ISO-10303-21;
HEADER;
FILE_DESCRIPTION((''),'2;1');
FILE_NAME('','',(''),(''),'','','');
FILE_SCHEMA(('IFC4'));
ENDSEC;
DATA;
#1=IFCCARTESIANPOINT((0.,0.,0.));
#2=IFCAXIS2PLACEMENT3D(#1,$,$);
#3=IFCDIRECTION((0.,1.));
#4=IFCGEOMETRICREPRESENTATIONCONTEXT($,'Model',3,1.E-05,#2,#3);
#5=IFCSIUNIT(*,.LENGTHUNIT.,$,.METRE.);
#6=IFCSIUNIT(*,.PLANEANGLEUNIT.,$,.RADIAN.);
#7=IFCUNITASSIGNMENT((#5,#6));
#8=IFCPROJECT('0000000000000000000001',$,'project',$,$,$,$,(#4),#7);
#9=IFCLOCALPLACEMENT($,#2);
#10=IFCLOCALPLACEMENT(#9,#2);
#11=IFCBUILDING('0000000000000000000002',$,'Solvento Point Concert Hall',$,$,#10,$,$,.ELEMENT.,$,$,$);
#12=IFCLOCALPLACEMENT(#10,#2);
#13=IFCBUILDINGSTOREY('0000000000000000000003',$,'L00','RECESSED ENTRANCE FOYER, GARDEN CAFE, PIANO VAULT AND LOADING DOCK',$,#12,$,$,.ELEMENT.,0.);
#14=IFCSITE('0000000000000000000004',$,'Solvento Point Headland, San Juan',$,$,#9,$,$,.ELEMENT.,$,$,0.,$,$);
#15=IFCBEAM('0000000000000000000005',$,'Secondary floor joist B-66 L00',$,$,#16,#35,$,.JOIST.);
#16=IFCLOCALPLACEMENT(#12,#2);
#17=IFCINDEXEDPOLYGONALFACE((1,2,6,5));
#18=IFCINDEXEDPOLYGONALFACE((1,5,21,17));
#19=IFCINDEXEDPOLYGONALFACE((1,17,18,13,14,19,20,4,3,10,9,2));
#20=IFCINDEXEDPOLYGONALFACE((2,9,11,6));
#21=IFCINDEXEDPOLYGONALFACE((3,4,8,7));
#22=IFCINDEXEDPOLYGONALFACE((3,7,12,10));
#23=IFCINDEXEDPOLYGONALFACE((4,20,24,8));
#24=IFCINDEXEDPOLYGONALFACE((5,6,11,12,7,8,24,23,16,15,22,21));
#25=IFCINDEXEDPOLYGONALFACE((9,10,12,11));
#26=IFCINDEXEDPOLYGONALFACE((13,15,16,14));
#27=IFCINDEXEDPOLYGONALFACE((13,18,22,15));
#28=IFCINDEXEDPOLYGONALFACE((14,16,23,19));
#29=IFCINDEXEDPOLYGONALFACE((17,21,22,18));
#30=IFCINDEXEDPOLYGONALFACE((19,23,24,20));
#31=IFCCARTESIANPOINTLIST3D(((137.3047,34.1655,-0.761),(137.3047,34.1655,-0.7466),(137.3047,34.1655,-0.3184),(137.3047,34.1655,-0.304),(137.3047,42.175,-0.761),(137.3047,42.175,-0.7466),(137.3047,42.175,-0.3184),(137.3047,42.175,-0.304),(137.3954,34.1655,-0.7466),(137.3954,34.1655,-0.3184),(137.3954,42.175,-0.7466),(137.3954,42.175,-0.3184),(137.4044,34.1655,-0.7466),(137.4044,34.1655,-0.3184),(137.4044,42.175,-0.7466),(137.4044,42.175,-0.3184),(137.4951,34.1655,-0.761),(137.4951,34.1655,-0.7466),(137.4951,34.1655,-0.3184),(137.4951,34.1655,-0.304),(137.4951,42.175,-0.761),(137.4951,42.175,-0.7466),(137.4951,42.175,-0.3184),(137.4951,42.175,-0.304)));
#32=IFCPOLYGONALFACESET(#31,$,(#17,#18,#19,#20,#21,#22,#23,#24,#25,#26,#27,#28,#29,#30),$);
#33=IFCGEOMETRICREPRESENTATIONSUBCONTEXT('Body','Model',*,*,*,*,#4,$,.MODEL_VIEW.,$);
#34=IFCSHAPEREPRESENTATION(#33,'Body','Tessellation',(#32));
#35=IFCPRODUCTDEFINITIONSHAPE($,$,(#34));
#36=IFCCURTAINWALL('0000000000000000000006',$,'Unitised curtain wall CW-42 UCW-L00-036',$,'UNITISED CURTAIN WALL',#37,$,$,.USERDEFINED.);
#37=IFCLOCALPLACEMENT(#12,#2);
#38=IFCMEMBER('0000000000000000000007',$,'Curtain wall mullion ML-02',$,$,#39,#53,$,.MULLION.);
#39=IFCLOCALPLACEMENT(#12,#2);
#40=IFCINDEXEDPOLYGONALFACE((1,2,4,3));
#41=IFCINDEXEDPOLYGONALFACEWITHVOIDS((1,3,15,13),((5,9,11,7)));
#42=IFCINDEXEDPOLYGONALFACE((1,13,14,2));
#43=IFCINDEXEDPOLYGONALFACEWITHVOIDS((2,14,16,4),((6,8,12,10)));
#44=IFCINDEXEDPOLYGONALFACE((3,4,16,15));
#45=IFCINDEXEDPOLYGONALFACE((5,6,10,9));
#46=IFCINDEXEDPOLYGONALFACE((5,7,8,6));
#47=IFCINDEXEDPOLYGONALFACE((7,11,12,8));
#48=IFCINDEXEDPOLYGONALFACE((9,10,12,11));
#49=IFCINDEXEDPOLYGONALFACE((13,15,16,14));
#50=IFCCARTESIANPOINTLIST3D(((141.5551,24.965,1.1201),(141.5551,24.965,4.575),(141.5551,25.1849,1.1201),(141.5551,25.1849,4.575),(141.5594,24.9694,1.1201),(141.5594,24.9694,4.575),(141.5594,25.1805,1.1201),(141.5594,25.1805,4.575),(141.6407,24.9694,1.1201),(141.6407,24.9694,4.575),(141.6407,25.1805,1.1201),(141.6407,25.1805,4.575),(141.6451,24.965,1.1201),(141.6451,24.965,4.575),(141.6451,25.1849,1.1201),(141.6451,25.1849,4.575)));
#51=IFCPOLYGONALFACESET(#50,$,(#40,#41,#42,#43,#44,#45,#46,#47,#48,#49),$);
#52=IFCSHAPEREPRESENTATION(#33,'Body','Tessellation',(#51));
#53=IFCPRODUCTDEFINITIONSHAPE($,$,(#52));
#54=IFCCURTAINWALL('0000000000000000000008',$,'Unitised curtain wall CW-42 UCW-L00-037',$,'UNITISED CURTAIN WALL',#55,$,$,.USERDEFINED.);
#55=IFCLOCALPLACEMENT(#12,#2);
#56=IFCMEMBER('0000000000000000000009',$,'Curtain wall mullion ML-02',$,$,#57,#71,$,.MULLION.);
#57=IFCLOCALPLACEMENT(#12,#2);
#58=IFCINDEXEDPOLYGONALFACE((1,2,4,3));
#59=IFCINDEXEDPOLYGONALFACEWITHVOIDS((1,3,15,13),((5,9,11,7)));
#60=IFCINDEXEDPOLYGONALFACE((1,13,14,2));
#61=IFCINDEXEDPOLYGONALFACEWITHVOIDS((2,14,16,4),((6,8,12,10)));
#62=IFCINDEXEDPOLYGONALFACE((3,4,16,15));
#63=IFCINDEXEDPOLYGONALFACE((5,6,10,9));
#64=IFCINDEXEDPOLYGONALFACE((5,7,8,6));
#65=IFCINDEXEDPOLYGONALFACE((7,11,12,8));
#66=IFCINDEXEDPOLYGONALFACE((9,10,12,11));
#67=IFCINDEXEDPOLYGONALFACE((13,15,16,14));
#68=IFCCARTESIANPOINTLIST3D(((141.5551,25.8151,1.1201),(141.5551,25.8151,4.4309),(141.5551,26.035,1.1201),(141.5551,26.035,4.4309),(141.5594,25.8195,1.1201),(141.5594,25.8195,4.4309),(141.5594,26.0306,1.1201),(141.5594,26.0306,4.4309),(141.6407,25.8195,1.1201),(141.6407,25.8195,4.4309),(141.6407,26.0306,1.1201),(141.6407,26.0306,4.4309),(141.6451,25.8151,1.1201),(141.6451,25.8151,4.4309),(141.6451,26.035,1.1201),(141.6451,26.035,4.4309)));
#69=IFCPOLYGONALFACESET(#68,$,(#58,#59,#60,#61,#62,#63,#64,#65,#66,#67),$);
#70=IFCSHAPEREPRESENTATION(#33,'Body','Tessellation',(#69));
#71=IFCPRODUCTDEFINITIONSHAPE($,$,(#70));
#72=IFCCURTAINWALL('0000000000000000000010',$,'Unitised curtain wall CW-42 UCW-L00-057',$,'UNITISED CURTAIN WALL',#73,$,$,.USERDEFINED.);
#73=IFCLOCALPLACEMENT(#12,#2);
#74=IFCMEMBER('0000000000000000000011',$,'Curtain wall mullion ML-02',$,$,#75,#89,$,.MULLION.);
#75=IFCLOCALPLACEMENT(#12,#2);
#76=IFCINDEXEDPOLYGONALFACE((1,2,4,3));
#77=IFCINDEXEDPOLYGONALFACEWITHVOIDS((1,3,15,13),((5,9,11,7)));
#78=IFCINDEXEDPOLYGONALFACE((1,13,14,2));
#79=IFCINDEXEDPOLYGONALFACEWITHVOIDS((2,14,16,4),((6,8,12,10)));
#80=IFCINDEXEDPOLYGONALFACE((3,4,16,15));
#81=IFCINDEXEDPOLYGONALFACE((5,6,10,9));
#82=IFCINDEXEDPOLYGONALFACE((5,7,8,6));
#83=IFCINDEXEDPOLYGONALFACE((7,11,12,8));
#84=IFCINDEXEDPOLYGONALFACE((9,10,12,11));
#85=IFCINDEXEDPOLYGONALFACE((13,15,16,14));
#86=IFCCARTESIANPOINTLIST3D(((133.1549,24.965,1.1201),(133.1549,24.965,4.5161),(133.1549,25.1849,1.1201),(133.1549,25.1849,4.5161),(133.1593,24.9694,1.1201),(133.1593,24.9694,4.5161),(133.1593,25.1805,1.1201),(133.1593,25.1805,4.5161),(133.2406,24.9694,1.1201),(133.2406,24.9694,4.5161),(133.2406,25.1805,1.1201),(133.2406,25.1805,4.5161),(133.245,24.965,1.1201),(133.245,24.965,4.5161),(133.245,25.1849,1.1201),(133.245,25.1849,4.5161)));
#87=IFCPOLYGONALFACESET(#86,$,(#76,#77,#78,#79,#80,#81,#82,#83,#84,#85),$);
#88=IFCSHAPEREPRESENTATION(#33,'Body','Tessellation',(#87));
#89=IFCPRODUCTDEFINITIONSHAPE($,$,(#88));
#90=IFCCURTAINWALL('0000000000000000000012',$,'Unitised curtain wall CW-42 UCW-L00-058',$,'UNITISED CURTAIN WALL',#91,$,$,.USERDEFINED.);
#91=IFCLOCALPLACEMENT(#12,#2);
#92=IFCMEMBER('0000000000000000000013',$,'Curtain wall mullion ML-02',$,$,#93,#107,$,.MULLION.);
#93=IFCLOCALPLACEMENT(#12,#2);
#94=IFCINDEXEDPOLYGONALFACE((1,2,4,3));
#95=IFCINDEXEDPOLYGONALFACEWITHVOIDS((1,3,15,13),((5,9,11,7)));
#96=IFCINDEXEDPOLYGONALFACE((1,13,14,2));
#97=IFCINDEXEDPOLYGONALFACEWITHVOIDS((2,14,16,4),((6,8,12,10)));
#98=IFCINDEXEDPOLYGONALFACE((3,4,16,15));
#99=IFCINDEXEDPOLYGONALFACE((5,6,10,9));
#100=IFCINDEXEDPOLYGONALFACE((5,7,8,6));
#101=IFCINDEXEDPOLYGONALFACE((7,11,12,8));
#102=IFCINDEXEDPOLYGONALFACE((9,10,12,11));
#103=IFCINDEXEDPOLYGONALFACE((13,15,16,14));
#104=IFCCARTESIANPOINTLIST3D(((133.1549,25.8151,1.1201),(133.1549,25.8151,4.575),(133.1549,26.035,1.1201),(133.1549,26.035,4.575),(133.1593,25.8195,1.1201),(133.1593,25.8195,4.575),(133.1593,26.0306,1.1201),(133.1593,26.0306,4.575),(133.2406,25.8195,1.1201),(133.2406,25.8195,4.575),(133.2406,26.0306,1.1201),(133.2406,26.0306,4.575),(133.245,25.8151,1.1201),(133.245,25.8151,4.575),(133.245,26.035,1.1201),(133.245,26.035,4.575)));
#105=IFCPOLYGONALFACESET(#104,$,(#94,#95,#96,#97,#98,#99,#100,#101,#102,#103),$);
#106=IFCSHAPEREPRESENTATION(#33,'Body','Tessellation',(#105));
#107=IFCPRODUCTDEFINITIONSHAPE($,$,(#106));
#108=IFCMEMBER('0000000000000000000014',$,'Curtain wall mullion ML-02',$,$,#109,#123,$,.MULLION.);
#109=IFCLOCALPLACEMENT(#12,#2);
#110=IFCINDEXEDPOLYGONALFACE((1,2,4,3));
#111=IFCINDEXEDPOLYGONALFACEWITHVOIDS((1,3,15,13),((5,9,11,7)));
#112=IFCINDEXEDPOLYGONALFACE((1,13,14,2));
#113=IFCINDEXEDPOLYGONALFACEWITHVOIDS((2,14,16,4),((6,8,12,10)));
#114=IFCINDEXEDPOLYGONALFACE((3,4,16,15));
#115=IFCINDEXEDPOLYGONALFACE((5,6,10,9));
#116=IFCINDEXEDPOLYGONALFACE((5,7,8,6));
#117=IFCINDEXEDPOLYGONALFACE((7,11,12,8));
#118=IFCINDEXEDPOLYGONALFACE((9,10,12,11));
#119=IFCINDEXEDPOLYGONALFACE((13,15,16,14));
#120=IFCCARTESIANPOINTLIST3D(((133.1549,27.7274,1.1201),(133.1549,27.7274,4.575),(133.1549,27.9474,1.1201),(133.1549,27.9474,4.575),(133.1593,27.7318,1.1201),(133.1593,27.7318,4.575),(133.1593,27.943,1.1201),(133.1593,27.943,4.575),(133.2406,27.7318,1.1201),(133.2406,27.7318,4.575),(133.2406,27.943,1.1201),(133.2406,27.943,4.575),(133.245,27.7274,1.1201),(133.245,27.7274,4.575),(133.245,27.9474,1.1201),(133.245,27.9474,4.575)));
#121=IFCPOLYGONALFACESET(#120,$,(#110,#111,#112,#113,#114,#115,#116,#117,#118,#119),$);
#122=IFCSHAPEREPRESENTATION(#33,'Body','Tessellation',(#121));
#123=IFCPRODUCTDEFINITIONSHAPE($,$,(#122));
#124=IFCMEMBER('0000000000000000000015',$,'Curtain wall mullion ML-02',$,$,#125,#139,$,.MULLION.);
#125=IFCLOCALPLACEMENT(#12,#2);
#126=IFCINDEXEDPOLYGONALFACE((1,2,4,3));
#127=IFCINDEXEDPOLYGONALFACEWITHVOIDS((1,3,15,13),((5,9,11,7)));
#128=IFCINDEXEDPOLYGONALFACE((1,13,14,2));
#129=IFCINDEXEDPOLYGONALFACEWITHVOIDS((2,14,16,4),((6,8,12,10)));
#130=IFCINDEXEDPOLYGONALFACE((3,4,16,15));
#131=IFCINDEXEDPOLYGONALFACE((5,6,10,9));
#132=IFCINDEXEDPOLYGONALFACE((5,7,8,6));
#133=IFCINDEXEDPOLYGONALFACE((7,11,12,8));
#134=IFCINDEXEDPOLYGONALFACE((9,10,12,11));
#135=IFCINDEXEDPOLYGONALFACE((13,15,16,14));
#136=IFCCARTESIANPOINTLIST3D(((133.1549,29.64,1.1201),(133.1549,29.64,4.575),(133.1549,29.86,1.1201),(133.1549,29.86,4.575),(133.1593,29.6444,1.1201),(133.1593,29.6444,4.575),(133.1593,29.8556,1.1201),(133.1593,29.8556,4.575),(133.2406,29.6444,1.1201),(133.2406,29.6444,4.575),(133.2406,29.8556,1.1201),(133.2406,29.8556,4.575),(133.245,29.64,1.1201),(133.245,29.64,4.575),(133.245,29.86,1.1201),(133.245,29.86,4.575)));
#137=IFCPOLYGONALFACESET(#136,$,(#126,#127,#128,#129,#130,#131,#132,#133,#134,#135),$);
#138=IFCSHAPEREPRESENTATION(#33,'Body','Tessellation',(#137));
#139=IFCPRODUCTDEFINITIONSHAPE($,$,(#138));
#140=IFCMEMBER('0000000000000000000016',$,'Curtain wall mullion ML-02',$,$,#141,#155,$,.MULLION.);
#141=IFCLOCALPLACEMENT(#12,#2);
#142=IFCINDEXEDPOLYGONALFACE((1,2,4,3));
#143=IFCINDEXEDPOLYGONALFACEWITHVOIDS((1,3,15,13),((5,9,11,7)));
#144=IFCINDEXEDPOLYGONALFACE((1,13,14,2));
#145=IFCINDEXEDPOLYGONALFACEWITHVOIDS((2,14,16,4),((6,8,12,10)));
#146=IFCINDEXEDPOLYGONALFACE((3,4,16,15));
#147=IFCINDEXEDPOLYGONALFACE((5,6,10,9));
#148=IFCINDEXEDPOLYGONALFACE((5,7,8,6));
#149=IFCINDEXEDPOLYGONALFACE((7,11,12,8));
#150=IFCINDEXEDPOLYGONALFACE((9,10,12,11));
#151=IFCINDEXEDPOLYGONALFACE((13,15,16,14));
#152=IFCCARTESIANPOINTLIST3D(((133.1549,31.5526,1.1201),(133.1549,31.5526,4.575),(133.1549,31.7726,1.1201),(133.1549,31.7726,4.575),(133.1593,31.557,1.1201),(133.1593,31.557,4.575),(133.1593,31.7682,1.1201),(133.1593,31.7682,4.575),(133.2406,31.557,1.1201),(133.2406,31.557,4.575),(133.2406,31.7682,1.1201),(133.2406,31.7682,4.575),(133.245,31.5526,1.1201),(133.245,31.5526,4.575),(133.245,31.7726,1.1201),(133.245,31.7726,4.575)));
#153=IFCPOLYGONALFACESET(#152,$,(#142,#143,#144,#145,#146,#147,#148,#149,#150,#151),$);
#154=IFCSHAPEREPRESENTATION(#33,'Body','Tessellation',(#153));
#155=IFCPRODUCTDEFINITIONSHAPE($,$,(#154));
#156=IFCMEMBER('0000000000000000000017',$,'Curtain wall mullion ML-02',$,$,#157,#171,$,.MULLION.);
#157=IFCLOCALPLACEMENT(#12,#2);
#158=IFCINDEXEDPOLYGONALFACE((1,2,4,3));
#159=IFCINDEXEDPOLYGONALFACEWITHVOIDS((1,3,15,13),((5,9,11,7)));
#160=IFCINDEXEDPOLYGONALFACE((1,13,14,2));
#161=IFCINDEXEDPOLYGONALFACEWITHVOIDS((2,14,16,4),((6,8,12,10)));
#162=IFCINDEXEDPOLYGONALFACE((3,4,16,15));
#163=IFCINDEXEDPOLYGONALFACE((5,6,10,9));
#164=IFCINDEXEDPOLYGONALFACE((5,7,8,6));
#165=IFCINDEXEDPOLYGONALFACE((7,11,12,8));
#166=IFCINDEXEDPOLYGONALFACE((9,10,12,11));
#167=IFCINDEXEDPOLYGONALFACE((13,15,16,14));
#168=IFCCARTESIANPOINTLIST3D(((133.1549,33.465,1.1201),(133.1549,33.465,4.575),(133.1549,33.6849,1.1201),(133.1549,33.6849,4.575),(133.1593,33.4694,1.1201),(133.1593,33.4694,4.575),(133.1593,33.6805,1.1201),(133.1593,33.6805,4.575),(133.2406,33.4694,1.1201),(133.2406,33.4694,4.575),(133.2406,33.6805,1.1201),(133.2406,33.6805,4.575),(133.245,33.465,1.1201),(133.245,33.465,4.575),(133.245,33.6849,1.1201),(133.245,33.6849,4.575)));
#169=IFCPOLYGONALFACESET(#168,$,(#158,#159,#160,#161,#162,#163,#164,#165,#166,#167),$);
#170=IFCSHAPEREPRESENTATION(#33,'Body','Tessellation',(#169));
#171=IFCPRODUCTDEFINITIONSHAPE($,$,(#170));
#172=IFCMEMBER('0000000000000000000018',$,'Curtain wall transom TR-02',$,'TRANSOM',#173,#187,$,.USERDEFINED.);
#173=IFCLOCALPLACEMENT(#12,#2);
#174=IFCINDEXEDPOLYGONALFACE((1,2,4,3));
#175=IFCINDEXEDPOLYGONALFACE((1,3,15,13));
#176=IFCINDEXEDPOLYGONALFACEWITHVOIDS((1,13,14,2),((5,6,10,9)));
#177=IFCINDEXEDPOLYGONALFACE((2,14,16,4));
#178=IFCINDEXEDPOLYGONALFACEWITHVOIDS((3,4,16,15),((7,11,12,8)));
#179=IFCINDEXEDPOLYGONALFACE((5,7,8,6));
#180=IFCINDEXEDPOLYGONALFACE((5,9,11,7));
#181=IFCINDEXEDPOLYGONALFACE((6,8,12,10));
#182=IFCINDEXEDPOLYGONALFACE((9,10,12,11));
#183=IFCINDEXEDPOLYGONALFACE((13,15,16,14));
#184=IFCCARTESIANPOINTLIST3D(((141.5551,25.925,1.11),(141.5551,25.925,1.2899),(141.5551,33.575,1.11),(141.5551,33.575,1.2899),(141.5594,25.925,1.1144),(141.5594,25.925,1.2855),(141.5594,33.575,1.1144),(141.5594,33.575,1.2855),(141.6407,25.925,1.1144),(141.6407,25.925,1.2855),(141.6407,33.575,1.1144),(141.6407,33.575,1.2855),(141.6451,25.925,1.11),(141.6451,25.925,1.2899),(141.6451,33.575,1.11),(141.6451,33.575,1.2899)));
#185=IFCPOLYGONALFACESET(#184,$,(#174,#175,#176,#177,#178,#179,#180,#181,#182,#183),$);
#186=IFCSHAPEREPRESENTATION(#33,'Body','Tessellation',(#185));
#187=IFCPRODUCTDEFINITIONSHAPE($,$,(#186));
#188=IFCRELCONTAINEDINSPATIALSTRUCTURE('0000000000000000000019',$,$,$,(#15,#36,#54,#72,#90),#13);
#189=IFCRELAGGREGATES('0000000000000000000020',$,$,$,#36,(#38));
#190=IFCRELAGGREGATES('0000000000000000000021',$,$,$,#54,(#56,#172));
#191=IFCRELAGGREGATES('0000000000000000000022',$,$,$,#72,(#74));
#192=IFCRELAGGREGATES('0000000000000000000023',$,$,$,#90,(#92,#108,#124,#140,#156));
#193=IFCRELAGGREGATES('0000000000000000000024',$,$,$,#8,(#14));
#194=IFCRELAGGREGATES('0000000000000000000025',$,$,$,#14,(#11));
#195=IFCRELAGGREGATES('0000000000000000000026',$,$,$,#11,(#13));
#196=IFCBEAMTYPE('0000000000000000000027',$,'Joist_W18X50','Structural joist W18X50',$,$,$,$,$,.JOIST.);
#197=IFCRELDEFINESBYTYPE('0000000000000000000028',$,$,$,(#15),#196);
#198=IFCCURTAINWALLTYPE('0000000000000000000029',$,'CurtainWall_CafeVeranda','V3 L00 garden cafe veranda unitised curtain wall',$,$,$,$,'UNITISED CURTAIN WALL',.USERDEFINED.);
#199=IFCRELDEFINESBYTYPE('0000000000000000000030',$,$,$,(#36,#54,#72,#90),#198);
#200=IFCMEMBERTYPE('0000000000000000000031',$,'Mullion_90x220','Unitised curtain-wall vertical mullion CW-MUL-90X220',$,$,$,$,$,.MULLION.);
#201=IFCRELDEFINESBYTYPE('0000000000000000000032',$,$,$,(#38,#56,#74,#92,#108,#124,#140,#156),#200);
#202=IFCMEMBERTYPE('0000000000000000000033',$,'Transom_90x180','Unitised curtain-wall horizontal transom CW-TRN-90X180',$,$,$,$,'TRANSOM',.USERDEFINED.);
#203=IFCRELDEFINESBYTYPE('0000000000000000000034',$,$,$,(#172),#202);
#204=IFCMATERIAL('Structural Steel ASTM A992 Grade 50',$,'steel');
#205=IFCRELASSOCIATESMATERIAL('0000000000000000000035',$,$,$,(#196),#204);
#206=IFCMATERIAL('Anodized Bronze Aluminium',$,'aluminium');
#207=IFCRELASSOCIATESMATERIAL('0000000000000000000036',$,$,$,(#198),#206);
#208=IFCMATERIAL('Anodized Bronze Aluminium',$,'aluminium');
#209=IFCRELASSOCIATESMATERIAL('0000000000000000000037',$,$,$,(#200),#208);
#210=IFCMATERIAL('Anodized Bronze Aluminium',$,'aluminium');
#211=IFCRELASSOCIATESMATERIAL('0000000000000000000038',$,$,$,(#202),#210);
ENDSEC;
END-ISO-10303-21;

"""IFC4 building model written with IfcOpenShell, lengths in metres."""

from ifc_helpers import new_model, si_unit, direction, frame, origin, origin_2d, place, context, subcontext, project, spatial, hollow_rectangle, i_section, extrude, material, material_profile, profile_set, type_object, element, aggregate, save


model = new_model("IFC4")

# Units and contexts
model_context = context("Model", 3, precision=1e-05, world=origin(), true_north=direction((0.0, 1.0)))
body_context = subcontext(model_context, "Body", "Model", "MODEL_VIEW")
ifc_project = project(units=[si_unit("LENGTHUNIT", "METRE"), si_unit("PLANEANGLEUNIT", "RADIAN")], contexts=[model_context])

# Site, building, storey
site_placement = place(None, origin())
site = spatial("IfcSite", under=ifc_project, at=site_placement, Name="Solvento Point Headland, San Juan", CompositionType="ELEMENT", RefElevation=0.0)
building_placement = place(site_placement, origin())
building = spatial("IfcBuilding", under=site, at=building_placement, Name="Solvento Point Concert Hall", CompositionType="ELEMENT")
storey_placement = place(building_placement, origin())
storey = spatial("IfcBuildingStorey", under=building, at=storey_placement, Name="L00", Description="RECESSED ENTRANCE FOYER, GARDEN CAFE, PIANO VAULT AND LOADING DOCK", CompositionType="ELEMENT", Elevation=0.0)

# Beam
ifc_material_1 = material(Name="Structural Steel ASTM A992 Grade 50", Category="steel")
ifc_material_profile_1 = material_profile(ifc_material_1, i_section(OverallWidth=0.1904, OverallDepth=0.457, WebThickness=0.009, FlangeThickness=0.0144, at=origin_2d()), Name="W18X50")
ifc_profile_set_1 = profile_set([ifc_material_profile_1], Name="Structural Steel ASTM A992 Grade 50")
beam_type_1 = type_object("IfcBeamType", Name="Joist_W18X50", Description="Structural joist W18X50", PredefinedType="JOIST", material=ifc_profile_set_1)
beam_1_placement = place(storey_placement, frame((137.3999, 34.1655, -0.5325), z_axis=(0.0, 1.0, 0.0), x_axis=(-1.0, 0.0, 0.0)))
element("IfcBeam", 1, at=beam_1_placement, inside=storey, type_object=beam_type_1, Name="Secondary floor joist B-66 L00", PredefinedType="JOIST", context=body_context, shape_type="SweptSolid", body=[
    extrude(i_section(OverallWidth=0.1904, OverallDepth=0.457, WebThickness=0.009, FlangeThickness=0.0144, at=origin_2d()), origin(), (0.0, 0.0, 1.0), 8.0095),
])

# Curtain walls, members
ifc_material_2 = material(Name="Anodized Bronze Aluminium", Category="aluminium")
curtain_wall_type = type_object("IfcCurtainWallType", Name="CurtainWall_CafeVeranda", Description="V3 L00 garden cafe veranda unitised curtain wall", ElementType="UNITISED CURTAIN WALL", PredefinedType="USERDEFINED", material=ifc_material_2)
curtain_wall_1_placement = place(storey_placement, origin())
curtain_wall_1 = element("IfcCurtainWall", 2, at=curtain_wall_1_placement, inside=storey, type_object=curtain_wall_type, Name="Unitised curtain wall CW-42 UCW-L00-036", ObjectType="UNITISED CURTAIN WALL", PredefinedType="USERDEFINED")
ifc_material_3 = material(Name="Anodized Bronze Aluminium", Category="aluminium")
ifc_material_profile_2 = material_profile(ifc_material_3, hollow_rectangle(XDim=0.0901, YDim=0.22, WallThickness=0.0044, at=origin_2d()), Name="CW-MUL-90X220")
ifc_profile_set_2 = profile_set([ifc_material_profile_2], Name="Anodized Bronze Aluminium")
member_type_1 = type_object("IfcMemberType", Name="Mullion_90x220", Description="Unitised curtain-wall vertical mullion CW-MUL-90X220", PredefinedType="MULLION", material=ifc_profile_set_2)
member_1_placement = place(storey_placement, frame((141.6001, 25.075, 1.1201), z_axis=(0.0, 0.0, 1.0), x_axis=(1.0, 0.0, 0.0)))
member_1 = element("IfcMember", 3, at=member_1_placement, type_object=member_type_1, Name="Curtain wall mullion ML-02", PredefinedType="MULLION", context=body_context, shape_type="SweptSolid", body=[
    extrude(hollow_rectangle(XDim=0.0901, YDim=0.22, WallThickness=0.0044, at=origin_2d()), origin(), (0.0, 0.0, 1.0), 3.4548),
])
aggregate(curtain_wall_1, [member_1])
curtain_wall_2_placement = place(storey_placement, origin())
curtain_wall_2 = element("IfcCurtainWall", 4, at=curtain_wall_2_placement, inside=storey, type_object=curtain_wall_type, Name="Unitised curtain wall CW-42 UCW-L00-037", ObjectType="UNITISED CURTAIN WALL", PredefinedType="USERDEFINED")
member_2_placement = place(storey_placement, frame((141.6001, 25.925, 1.1201), z_axis=(0.0, 0.0, 1.0), x_axis=(1.0, 0.0, 0.0)))
member_2 = element("IfcMember", 5, at=member_2_placement, type_object=member_type_1, Name="Curtain wall mullion ML-02", PredefinedType="MULLION", context=body_context, shape_type="SweptSolid", body=[
    extrude(hollow_rectangle(XDim=0.0901, YDim=0.22, WallThickness=0.0044, at=origin_2d()), origin(), (0.0, 0.0, 1.0), 3.3108),
])
curtain_wall_3_placement = place(storey_placement, origin())
curtain_wall_3 = element("IfcCurtainWall", 6, at=curtain_wall_3_placement, inside=storey, type_object=curtain_wall_type, Name="Unitised curtain wall CW-42 UCW-L00-057", ObjectType="UNITISED CURTAIN WALL", PredefinedType="USERDEFINED")
member_3_placement = place(storey_placement, frame((133.2, 25.075, 1.1201), z_axis=(0.0, 0.0, 1.0), x_axis=(1.0, 0.0, 0.0)))
member_3 = element("IfcMember", 7, at=member_3_placement, type_object=member_type_1, Name="Curtain wall mullion ML-02", PredefinedType="MULLION", context=body_context, shape_type="SweptSolid", body=[
    extrude(hollow_rectangle(XDim=0.0901, YDim=0.22, WallThickness=0.0044, at=origin_2d()), origin(), (0.0, 0.0, 1.0), 3.396),
])

# Curtain wall, members
curtain_wall_4_placement = place(storey_placement, origin())
curtain_wall_4 = element("IfcCurtainWall", 8, at=curtain_wall_4_placement, inside=storey, type_object=curtain_wall_type, Name="Unitised curtain wall CW-42 UCW-L00-058", ObjectType="UNITISED CURTAIN WALL", PredefinedType="USERDEFINED")
member_4_placement = place(storey_placement, frame((133.2, 25.925, 1.1201), z_axis=(0.0, 0.0, 1.0), x_axis=(1.0, 0.0, 0.0)))
member_4 = element("IfcMember", 9, at=member_4_placement, type_object=member_type_1, Name="Curtain wall mullion ML-02", PredefinedType="MULLION", context=body_context, shape_type="SweptSolid", body=[
    extrude(hollow_rectangle(XDim=0.0901, YDim=0.22, WallThickness=0.0044, at=origin_2d()), origin(), (0.0, 0.0, 1.0), 3.4548),
])
member_5_placement = place(storey_placement, frame((133.2, 27.8374, 1.1201), z_axis=(0.0, 0.0, 1.0), x_axis=(1.0, 0.0, 0.0)))
member_5 = element("IfcMember", 10, at=member_5_placement, type_object=member_type_1, Name="Curtain wall mullion ML-02", PredefinedType="MULLION", context=body_context, shape_type="SweptSolid", body=[
    extrude(hollow_rectangle(XDim=0.0901, YDim=0.22, WallThickness=0.0044, at=origin_2d()), origin(), (0.0, 0.0, 1.0), 3.4548),
])
member_6_placement = place(storey_placement, frame((133.2, 29.75, 1.1201), z_axis=(0.0, 0.0, 1.0), x_axis=(1.0, 0.0, 0.0)))
member_6 = element("IfcMember", 11, at=member_6_placement, type_object=member_type_1, Name="Curtain wall mullion ML-02", PredefinedType="MULLION", context=body_context, shape_type="SweptSolid", body=[
    extrude(hollow_rectangle(XDim=0.0901, YDim=0.22, WallThickness=0.0044, at=origin_2d()), origin(), (0.0, 0.0, 1.0), 3.4548),
])
member_7_placement = place(storey_placement, frame((133.2, 31.6626, 1.1201), z_axis=(0.0, 0.0, 1.0), x_axis=(1.0, 0.0, 0.0)))
member_7 = element("IfcMember", 12, at=member_7_placement, type_object=member_type_1, Name="Curtain wall mullion ML-02", PredefinedType="MULLION", context=body_context, shape_type="SweptSolid", body=[
    extrude(hollow_rectangle(XDim=0.0901, YDim=0.22, WallThickness=0.0044, at=origin_2d()), origin(), (0.0, 0.0, 1.0), 3.4548),
])
member_8_placement = place(storey_placement, frame((133.2, 33.575, 1.1201), z_axis=(0.0, 0.0, 1.0), x_axis=(1.0, 0.0, 0.0)))
member_8 = element("IfcMember", 13, at=member_8_placement, type_object=member_type_1, Name="Curtain wall mullion ML-02", PredefinedType="MULLION", context=body_context, shape_type="SweptSolid", body=[
    extrude(hollow_rectangle(XDim=0.0901, YDim=0.22, WallThickness=0.0044, at=origin_2d()), origin(), (0.0, 0.0, 1.0), 3.4548),
])

# Member
ifc_material_4 = material(Name="Anodized Bronze Aluminium", Category="aluminium")
ifc_material_profile_3 = material_profile(ifc_material_4, hollow_rectangle(XDim=0.0901, YDim=0.1799, WallThickness=0.0044, at=origin_2d()), Name="CW-TRN-90X180")
ifc_profile_set_3 = profile_set([ifc_material_profile_3], Name="Anodized Bronze Aluminium")
member_type_2 = type_object("IfcMemberType", Name="Transom_90x180", Description="Unitised curtain-wall horizontal transom CW-TRN-90X180", ElementType="TRANSOM", PredefinedType="USERDEFINED", material=ifc_profile_set_3)
member_9_placement = place(storey_placement, frame((141.6001, 25.925, 1.2), z_axis=(0.0, 1.0, 0.0), x_axis=(-1.0, 0.0, 0.0)))
member_9 = element("IfcMember", 14, at=member_9_placement, type_object=member_type_2, Name="Curtain wall transom TR-02", ObjectType="TRANSOM", PredefinedType="USERDEFINED", context=body_context, shape_type="SweptSolid", body=[
    extrude(hollow_rectangle(XDim=0.0901, YDim=0.1799, WallThickness=0.0044, at=origin_2d()), origin(), (0.0, 0.0, 1.0), 7.6499),
])
aggregate(curtain_wall_2, [member_2, member_9])

aggregate(curtain_wall_3, [member_3])
aggregate(curtain_wall_4, [member_4, member_5, member_6, member_7, member_8])

save(model, "model.ifc")
